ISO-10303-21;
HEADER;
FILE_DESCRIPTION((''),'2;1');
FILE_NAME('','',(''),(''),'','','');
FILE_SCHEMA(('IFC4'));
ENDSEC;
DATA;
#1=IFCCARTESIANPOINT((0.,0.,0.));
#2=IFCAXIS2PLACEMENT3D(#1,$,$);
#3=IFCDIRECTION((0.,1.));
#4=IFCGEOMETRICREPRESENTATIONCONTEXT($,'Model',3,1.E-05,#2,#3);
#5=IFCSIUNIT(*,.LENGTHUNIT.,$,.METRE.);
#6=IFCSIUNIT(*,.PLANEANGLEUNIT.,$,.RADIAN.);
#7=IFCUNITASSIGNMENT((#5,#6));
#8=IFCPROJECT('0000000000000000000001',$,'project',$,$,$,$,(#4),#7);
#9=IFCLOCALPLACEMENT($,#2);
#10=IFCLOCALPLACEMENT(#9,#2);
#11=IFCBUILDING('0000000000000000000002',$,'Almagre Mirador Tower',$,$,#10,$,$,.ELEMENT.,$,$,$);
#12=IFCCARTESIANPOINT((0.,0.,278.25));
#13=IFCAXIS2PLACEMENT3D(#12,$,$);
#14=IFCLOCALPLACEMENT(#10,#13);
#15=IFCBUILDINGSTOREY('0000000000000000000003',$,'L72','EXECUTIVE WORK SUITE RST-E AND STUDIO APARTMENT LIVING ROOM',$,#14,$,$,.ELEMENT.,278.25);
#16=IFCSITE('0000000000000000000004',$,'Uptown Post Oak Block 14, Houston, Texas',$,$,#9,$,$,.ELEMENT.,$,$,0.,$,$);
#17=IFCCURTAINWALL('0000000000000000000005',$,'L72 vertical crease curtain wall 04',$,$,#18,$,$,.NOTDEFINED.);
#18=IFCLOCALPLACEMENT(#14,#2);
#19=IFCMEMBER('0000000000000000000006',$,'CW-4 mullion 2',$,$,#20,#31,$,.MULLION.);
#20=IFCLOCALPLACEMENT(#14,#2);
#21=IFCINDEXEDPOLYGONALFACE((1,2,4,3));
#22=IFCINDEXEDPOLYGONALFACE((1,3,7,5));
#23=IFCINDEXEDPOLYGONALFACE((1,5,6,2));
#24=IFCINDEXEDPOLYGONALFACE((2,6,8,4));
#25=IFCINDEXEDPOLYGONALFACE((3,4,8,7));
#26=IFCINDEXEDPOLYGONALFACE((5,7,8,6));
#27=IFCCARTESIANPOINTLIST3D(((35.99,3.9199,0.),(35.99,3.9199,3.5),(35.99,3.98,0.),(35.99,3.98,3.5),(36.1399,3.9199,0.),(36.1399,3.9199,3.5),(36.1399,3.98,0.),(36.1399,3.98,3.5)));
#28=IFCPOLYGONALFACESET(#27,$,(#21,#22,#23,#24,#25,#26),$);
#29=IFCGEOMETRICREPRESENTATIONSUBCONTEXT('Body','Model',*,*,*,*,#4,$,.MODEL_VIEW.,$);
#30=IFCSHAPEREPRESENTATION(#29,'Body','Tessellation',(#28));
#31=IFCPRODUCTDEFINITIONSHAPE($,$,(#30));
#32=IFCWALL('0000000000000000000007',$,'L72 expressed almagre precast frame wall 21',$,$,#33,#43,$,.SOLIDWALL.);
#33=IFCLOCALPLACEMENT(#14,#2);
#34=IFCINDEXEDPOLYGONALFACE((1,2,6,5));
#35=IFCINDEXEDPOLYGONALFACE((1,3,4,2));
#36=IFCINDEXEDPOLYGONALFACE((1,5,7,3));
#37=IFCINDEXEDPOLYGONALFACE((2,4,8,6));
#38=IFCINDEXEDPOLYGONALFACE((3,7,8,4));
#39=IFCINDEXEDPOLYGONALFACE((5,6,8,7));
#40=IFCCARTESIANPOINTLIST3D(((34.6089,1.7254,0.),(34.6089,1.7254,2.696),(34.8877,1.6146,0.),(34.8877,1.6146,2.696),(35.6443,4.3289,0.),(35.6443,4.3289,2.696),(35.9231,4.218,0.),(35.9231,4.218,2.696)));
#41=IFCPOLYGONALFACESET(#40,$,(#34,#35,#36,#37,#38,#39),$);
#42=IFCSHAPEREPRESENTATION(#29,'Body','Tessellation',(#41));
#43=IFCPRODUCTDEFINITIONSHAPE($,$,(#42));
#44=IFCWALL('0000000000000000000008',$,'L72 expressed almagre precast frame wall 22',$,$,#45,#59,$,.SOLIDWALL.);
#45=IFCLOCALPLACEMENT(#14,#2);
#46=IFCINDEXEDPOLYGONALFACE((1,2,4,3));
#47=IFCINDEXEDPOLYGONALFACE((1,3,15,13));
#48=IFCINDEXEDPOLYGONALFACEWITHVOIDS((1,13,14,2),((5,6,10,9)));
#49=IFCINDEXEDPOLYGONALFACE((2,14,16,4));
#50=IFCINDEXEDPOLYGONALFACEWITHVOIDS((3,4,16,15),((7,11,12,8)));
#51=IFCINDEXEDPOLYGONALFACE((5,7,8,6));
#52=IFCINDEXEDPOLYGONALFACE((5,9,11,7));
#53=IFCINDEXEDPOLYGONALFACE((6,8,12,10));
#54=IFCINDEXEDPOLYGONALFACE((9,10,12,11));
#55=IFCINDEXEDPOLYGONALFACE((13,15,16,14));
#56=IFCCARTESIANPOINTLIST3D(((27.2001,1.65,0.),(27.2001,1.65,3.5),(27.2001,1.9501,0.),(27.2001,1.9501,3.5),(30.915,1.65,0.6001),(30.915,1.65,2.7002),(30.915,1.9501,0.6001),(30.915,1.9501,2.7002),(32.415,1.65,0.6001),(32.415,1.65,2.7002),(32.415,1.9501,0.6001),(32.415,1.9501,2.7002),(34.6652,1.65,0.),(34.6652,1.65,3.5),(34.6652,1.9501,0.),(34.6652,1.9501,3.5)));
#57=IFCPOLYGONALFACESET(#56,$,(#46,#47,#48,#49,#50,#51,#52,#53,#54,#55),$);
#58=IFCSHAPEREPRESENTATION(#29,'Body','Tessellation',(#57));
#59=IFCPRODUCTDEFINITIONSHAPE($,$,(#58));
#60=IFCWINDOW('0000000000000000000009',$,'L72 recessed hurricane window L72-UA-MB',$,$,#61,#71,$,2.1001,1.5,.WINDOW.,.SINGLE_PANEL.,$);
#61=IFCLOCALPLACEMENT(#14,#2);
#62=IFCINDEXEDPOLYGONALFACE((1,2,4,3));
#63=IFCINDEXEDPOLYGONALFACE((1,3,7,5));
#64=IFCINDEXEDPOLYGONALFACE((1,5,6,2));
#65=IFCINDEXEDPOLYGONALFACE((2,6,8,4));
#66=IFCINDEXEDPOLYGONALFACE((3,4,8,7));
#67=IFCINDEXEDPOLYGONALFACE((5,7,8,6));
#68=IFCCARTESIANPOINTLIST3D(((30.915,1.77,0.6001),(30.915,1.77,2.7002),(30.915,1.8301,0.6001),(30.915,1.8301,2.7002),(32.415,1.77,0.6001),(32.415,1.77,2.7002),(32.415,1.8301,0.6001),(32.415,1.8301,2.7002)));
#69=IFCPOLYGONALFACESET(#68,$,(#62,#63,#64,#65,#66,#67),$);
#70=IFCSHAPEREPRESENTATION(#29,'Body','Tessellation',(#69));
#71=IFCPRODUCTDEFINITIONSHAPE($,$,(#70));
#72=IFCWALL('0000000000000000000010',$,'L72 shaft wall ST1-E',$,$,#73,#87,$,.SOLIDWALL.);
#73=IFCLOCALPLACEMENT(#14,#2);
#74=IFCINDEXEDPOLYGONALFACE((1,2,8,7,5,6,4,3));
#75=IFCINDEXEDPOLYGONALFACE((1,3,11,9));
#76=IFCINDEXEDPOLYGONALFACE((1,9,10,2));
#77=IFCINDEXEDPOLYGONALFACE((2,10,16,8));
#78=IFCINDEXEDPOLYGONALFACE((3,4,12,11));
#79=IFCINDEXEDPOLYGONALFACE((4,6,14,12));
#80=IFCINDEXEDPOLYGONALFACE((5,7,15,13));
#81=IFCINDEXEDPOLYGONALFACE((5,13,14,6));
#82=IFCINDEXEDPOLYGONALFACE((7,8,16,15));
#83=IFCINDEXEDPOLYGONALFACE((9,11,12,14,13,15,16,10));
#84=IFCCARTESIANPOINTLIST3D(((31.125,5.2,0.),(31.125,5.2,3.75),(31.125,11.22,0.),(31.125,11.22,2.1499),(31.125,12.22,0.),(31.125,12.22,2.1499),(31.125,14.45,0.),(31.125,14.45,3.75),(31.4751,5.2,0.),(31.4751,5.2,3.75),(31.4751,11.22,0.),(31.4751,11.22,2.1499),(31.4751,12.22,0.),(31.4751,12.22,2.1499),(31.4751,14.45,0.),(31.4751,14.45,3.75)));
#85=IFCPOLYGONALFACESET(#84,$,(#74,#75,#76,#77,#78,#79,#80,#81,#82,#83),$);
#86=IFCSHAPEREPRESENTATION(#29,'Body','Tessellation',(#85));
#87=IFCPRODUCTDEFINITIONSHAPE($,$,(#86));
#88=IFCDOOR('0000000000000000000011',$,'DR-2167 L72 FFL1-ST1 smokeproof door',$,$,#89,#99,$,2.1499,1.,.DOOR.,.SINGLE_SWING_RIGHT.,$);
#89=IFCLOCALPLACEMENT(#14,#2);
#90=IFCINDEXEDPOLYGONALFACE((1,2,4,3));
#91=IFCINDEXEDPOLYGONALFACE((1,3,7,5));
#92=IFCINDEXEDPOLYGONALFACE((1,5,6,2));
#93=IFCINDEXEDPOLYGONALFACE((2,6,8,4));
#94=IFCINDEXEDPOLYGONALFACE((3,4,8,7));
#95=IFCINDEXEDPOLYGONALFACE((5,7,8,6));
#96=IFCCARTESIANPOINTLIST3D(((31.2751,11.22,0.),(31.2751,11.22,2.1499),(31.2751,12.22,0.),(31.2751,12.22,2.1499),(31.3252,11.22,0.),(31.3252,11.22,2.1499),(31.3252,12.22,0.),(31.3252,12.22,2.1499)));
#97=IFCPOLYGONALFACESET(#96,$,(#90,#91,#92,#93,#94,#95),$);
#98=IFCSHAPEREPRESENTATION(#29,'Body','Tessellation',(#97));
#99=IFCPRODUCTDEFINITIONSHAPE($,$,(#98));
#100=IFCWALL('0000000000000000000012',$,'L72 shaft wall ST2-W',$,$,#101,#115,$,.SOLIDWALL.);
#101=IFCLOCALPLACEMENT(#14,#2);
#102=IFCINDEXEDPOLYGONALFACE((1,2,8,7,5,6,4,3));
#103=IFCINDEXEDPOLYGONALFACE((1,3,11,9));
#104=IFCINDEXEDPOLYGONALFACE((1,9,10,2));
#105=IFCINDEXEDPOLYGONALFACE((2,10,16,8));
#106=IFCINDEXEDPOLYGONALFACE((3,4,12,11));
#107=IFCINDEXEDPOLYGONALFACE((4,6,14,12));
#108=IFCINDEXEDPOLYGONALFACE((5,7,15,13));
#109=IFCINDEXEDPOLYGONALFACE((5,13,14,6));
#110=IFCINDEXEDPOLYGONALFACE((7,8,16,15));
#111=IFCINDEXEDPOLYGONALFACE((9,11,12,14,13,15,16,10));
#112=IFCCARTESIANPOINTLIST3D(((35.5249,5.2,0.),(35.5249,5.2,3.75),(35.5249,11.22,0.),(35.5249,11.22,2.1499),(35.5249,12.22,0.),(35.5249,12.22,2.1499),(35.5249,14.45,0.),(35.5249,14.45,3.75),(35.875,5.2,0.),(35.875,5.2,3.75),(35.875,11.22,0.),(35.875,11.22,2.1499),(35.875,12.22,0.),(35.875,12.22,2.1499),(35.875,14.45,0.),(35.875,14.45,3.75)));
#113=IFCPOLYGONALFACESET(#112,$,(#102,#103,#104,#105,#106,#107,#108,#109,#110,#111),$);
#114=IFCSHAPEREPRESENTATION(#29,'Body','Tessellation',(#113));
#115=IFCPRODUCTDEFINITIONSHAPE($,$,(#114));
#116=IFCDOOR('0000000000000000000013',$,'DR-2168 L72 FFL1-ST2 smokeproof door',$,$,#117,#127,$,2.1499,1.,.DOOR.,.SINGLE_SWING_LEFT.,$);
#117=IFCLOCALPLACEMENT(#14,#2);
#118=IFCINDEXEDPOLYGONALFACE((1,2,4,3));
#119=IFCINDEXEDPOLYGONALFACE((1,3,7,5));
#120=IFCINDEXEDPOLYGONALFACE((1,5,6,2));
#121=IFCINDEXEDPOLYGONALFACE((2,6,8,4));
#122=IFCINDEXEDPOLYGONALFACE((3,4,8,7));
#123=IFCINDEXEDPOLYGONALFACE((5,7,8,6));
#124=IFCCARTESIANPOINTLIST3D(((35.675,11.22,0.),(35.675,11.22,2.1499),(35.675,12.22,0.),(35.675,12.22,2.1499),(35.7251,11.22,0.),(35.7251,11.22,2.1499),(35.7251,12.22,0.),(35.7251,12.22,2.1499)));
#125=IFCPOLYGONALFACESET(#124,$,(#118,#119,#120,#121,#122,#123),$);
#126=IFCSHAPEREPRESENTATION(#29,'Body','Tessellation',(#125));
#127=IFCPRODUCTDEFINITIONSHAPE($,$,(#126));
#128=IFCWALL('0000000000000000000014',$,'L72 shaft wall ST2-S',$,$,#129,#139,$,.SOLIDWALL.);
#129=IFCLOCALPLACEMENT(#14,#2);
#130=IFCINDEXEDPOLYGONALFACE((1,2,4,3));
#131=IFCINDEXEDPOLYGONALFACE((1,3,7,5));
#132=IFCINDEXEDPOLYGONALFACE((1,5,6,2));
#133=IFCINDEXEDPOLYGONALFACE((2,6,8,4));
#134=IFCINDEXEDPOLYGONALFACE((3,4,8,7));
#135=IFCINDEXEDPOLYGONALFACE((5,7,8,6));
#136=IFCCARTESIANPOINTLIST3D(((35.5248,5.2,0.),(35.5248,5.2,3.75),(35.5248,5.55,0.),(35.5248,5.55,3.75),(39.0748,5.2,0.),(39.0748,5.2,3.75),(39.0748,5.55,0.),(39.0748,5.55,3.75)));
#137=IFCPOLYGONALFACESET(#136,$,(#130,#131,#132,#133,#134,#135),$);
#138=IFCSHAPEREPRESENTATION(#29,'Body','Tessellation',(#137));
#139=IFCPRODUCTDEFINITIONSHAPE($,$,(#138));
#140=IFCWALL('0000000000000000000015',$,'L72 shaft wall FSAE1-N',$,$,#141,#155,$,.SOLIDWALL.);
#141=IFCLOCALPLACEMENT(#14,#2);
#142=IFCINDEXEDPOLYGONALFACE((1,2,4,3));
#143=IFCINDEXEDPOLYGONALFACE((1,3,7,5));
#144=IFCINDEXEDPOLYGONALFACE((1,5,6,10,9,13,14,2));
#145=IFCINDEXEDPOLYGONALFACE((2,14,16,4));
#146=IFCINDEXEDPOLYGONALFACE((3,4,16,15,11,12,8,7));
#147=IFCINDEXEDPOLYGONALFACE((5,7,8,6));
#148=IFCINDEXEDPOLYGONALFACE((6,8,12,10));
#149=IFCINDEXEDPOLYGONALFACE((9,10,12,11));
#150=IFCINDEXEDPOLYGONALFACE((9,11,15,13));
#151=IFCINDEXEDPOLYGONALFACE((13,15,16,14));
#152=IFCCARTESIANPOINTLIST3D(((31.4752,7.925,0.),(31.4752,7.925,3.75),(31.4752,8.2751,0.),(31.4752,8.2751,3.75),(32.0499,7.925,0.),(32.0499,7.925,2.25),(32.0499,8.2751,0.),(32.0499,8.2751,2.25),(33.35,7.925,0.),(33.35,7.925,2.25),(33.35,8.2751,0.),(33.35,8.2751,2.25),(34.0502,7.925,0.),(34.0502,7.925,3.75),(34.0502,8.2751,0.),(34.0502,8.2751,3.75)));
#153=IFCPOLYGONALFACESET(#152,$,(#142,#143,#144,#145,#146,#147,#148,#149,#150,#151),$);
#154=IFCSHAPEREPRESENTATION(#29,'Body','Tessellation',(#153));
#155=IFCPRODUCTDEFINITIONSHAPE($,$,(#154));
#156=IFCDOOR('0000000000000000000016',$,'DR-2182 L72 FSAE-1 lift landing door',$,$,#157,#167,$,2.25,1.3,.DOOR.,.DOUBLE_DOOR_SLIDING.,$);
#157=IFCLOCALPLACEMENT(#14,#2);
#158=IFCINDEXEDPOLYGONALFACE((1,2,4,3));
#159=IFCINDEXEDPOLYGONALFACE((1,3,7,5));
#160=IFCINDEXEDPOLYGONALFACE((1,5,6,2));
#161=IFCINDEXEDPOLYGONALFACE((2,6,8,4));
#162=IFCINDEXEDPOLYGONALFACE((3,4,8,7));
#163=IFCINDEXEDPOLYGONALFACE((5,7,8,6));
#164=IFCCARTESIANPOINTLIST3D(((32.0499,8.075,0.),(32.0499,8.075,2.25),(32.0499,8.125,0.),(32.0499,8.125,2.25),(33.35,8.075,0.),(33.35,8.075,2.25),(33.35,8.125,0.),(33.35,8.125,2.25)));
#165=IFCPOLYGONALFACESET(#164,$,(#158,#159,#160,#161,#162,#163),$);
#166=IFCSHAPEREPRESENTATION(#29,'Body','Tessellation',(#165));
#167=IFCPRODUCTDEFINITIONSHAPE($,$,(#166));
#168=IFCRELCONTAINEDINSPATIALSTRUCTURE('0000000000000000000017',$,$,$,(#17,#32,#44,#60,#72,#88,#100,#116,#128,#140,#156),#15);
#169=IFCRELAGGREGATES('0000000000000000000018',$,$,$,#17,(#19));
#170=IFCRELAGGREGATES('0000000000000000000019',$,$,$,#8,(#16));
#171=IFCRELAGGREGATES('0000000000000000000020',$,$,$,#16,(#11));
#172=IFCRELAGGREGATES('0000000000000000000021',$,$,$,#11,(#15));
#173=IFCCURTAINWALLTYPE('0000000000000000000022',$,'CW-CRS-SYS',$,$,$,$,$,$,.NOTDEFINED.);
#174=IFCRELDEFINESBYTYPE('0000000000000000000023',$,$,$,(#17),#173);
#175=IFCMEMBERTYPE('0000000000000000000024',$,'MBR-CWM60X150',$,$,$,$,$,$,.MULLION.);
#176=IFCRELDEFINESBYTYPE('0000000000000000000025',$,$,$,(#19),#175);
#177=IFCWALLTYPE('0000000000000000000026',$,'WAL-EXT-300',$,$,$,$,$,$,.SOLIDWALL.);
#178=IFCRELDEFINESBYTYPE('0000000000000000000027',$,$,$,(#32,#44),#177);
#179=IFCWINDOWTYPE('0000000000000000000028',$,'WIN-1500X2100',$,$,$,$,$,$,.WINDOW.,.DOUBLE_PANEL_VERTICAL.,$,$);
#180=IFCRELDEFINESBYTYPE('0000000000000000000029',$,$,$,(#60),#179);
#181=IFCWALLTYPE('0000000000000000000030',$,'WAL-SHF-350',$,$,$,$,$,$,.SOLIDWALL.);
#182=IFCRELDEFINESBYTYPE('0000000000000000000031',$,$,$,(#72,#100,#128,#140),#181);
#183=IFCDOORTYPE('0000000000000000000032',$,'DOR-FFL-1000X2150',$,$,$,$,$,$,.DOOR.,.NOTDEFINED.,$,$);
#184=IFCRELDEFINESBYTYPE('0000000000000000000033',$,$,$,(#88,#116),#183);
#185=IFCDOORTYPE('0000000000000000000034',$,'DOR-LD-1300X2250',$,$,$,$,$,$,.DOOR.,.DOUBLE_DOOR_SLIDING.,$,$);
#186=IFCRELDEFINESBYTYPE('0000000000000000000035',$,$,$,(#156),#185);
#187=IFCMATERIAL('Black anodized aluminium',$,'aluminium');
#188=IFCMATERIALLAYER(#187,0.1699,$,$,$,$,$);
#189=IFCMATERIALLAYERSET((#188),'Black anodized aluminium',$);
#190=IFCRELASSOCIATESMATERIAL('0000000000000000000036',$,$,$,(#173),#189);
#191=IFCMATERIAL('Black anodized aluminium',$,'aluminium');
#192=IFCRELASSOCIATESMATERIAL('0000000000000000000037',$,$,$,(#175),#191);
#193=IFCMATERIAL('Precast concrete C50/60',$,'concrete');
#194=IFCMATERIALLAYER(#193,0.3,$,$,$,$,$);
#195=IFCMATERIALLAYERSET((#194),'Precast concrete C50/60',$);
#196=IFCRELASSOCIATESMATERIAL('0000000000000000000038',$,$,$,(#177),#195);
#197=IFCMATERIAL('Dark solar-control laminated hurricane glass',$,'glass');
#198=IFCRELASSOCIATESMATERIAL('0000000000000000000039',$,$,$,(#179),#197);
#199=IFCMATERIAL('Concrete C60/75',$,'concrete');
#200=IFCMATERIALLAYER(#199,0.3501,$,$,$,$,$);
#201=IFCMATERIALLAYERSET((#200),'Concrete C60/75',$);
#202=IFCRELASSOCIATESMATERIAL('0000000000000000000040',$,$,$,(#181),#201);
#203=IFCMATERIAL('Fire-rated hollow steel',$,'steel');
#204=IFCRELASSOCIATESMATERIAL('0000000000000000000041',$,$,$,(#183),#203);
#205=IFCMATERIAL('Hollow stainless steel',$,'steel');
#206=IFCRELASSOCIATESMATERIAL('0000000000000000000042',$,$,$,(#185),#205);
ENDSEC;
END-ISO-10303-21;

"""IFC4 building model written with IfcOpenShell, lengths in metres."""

from ifc_helpers import new_model, si_unit, direction, frame, frame_2d, origin, origin_2d, place, context, subcontext, project, spatial, rectangle, extrude, material, layer, layer_set, material_profile, profile_set, type_object, element, fill, aggregate, save


model = new_model("IFC4")

# Units and contexts
model_context = context("Model", 3, precision=1e-05, world=origin(), true_north=direction((0.0, 1.0)))
body_context = subcontext(model_context, "Body", "Model", "MODEL_VIEW")
ifc_project = project(units=[si_unit("LENGTHUNIT", "METRE"), si_unit("PLANEANGLEUNIT", "RADIAN")], contexts=[model_context])

# Site, building, storey
site_placement = place(None, origin())
site = spatial("IfcSite", under=ifc_project, at=site_placement, Name="Uptown Post Oak Block 14, Houston, Texas", CompositionType="ELEMENT", RefElevation=0.0)
building_placement = place(site_placement, origin())
building = spatial("IfcBuilding", under=site, at=building_placement, Name="Almagre Mirador Tower", CompositionType="ELEMENT")
storey_placement = place(building_placement, frame((0.0, 0.0, 278.25)))
storey = spatial("IfcBuildingStorey", under=building, at=storey_placement, Name="L72", Description="EXECUTIVE WORK SUITE RST-E AND STUDIO APARTMENT LIVING ROOM", CompositionType="ELEMENT", Elevation=278.25)

# Curtain wall, member
ifc_material_1 = material(Name="Black anodized aluminium", Category="aluminium")
ifc_layer_1 = layer(ifc_material_1, 0.1699)
ifc_layer_set_1 = layer_set([ifc_layer_1], Name="Black anodized aluminium")
curtain_wall_type = type_object("IfcCurtainWallType", Name="CW-CRS-SYS", PredefinedType="NOTDEFINED", material=ifc_layer_set_1)
curtain_wall_placement = place(storey_placement, origin())
curtain_wall = element("IfcCurtainWall", 1, at=curtain_wall_placement, inside=storey, type_object=curtain_wall_type, Name="L72 vertical crease curtain wall 04", PredefinedType="NOTDEFINED")
ifc_material_2 = material(Name="Black anodized aluminium", Category="aluminium")
ifc_material_profile_1 = material_profile(ifc_material_2, rectangle(XDim=0.0601, YDim=0.1499, at=origin_2d()), Name="CWM60X150")
ifc_profile_set_1 = profile_set([ifc_material_profile_1], Name="Black anodized aluminium")
member_type = type_object("IfcMemberType", Name="MBR-CWM60X150", PredefinedType="MULLION", material=ifc_profile_set_1)
member_placement = place(storey_placement, frame((36.0649, 3.95, 0.0), z_axis=(0.0, 0.0, 1.0), x_axis=(0.0, -1.0, 0.0)))
member = element("IfcMember", 2, at=member_placement, type_object=member_type, Name="CW-4 mullion 2", PredefinedType="MULLION", context=body_context, shape_type="SweptSolid", body=[
    extrude(rectangle(XDim=0.0601, YDim=0.1499, at=origin_2d()), origin(), (0.0, 0.0, 1.0), 3.5),
])
aggregate(curtain_wall, [member])

# Wall
ifc_material_3 = material(Name="Precast concrete C50/60", Category="concrete")
ifc_layer_2 = layer(ifc_material_3, 0.3)
ifc_layer_set_2 = layer_set([ifc_layer_2], Name="Precast concrete C50/60")
wall_type_1 = type_object("IfcWallType", Name="WAL-EXT-300", PredefinedType="SOLIDWALL", material=ifc_layer_set_2)
wall_1_placement = place(storey_placement, frame((35.7837, 4.2734, 0.0), z_axis=(0.0, 0.0, 1.0), x_axis=(-0.369542, -0.929214, 0.0)))
element("IfcWall", 3, at=wall_1_placement, inside=storey, type_object=wall_type_1, Name="L72 expressed almagre precast frame wall 21", PredefinedType="SOLIDWALL", context=body_context, shape_type="SweptSolid", body=[
    extrude(rectangle(XDim=2.8018, YDim=0.3, at=frame_2d((1.4009, 0.0))), origin(), (0.0, 0.0, 1.0), 2.696),
])

# Wall, opening, window
wall_2_placement = place(storey_placement, frame((34.665, 1.8, 0.0), z_axis=(0.0, 0.0, 1.0), x_axis=(-1.0, 0.0, 0.0)))
wall_2 = element("IfcWall", 4, at=wall_2_placement, inside=storey, type_object=wall_type_1, Name="L72 expressed almagre precast frame wall 22", PredefinedType="SOLIDWALL", context=body_context, shape_type="SweptSolid", body=[
    extrude(rectangle(XDim=7.4651, YDim=0.3, at=frame_2d((3.7324, 0.0))), origin(), (0.0, 0.0, 1.0), 3.5),
])
opening_1_placement = place(wall_2_placement, frame((2.25, 0.0, 0.6001)))
opening_1 = element("IfcOpeningElement", 5, at=opening_1_placement, cuts=wall_2, PredefinedType="OPENING", context=body_context, shape_type="SweptSolid", body=[
    extrude(rectangle(XDim=1.5, YDim=2.1001, at=frame_2d((0.75, 1.05))), frame((0.0, 0.1599, 0.0), z_axis=(0.0, -1.0, 0.0), x_axis=(1.0, 0.0, 0.0)), (0.0, 0.0, 1.0), 0.32),
])
ifc_material_4 = material(Name="Dark solar-control laminated hurricane glass", Category="glass")
window_type = type_object("IfcWindowType", Name="WIN-1500X2100", PartitioningType="DOUBLE_PANEL_VERTICAL", PredefinedType="WINDOW", material=ifc_material_4)
window_placement = place(opening_1_placement, origin())
window = element("IfcWindow", 6, at=window_placement, inside=storey, type_object=window_type, Name="L72 recessed hurricane window L72-UA-MB", OverallHeight=2.1001, OverallWidth=1.5, PartitioningType="SINGLE_PANEL", PredefinedType="WINDOW", context=body_context, shape_type="SweptSolid", body=[
    extrude(rectangle(XDim=1.5, YDim=2.1001, at=frame_2d((0.75, 1.05))), frame((0.0, 0.03, 0.0), z_axis=(0.0, -1.0, 0.0), x_axis=(1.0, 0.0, 0.0)), (0.0, 0.0, 1.0), 0.0601),
])
fill(opening_1, window)

# Walls, openings, doors
ifc_material_5 = material(Name="Concrete C60/75", Category="concrete")
ifc_layer_3 = layer(ifc_material_5, 0.3501)
ifc_layer_set_3 = layer_set([ifc_layer_3], Name="Concrete C60/75")
wall_type_2 = type_object("IfcWallType", Name="WAL-SHF-350", PredefinedType="SOLIDWALL", material=ifc_layer_set_3)
wall_3_placement = place(storey_placement, frame((31.3, 5.2, 0.0), z_axis=(0.0, 0.0, 1.0), x_axis=(0.0, 1.0, 0.0)))
wall_3 = element("IfcWall", 7, at=wall_3_placement, inside=storey, type_object=wall_type_2, Name="L72 shaft wall ST1-E", PredefinedType="SOLIDWALL", context=body_context, shape_type="SweptSolid", body=[
    extrude(rectangle(XDim=9.25, YDim=0.3501, at=frame_2d((4.625, 0.0))), origin(), (0.0, 0.0, 1.0), 3.75),
])
opening_2_placement = place(wall_3_placement, frame((6.02, 0.0, 0.0)))
opening_2 = element("IfcOpeningElement", 8, at=opening_2_placement, cuts=wall_3, PredefinedType="OPENING", context=body_context, shape_type="SweptSolid", body=[
    extrude(rectangle(XDim=1.0, YDim=2.1499, at=frame_2d((0.5, 1.075))), frame((0.0, 0.185, 0.0), z_axis=(0.0, -1.0, 0.0), x_axis=(1.0, 0.0, 0.0)), (0.0, 0.0, 1.0), 0.3701),
])
ifc_material_6 = material(Name="Fire-rated hollow steel", Category="steel")
door_type_1 = type_object("IfcDoorType", Name="DOR-FFL-1000X2150", OperationType="NOTDEFINED", PredefinedType="DOOR", material=ifc_material_6)
door_1_placement = place(opening_2_placement, origin())
door_1 = element("IfcDoor", 9, at=door_1_placement, inside=storey, type_object=door_type_1, Name="DR-2167 L72 FFL1-ST1 smokeproof door", OperationType="SINGLE_SWING_RIGHT", OverallHeight=2.1499, OverallWidth=1.0, PredefinedType="DOOR", context=body_context, shape_type="SweptSolid", body=[
    extrude(rectangle(XDim=1.0, YDim=2.1499, at=frame_2d((0.5, 1.075))), frame((0.0, 0.0249, 0.0), z_axis=(0.0, -1.0, 0.0), x_axis=(1.0, 0.0, 0.0)), (0.0, 0.0, 1.0), 0.05),
])
fill(opening_2, door_1)
wall_4_placement = place(storey_placement, frame((35.7, 5.2, 0.0), z_axis=(0.0, 0.0, 1.0), x_axis=(0.0, 1.0, 0.0)))
wall_4 = element("IfcWall", 10, at=wall_4_placement, inside=storey, type_object=wall_type_2, Name="L72 shaft wall ST2-W", PredefinedType="SOLIDWALL", context=body_context, shape_type="SweptSolid", body=[
    extrude(rectangle(XDim=9.25, YDim=0.3501, at=frame_2d((4.625, 0.0))), origin(), (0.0, 0.0, 1.0), 3.75),
])
opening_3_placement = place(wall_4_placement, frame((6.02, 0.0, 0.0)))
opening_3 = element("IfcOpeningElement", 11, at=opening_3_placement, cuts=wall_4, PredefinedType="OPENING", context=body_context, shape_type="SweptSolid", body=[
    extrude(rectangle(XDim=1.0, YDim=2.1499, at=frame_2d((0.5, 1.075))), frame((0.0, 0.185, 0.0), z_axis=(0.0, -1.0, 0.0), x_axis=(1.0, 0.0, 0.0)), (0.0, 0.0, 1.0), 0.3701),
])
door_2_placement = place(opening_3_placement, origin())
door_2 = element("IfcDoor", 12, at=door_2_placement, inside=storey, type_object=door_type_1, Name="DR-2168 L72 FFL1-ST2 smokeproof door", OperationType="SINGLE_SWING_LEFT", OverallHeight=2.1499, OverallWidth=1.0, PredefinedType="DOOR", context=body_context, shape_type="SweptSolid", body=[
    extrude(rectangle(XDim=1.0, YDim=2.1499, at=frame_2d((0.5, 1.075))), frame((0.0, 0.0249, 0.0), z_axis=(0.0, -1.0, 0.0), x_axis=(1.0, 0.0, 0.0)), (0.0, 0.0, 1.0), 0.05),
])
fill(opening_3, door_2)

# Wall
wall_5_placement = place(storey_placement, frame((35.5249, 5.375, 0.0), z_axis=(0.0, 0.0, 1.0), x_axis=(1.0, 0.0, 0.0)))
element("IfcWall", 13, at=wall_5_placement, inside=storey, type_object=wall_type_2, Name="L72 shaft wall ST2-S", PredefinedType="SOLIDWALL", context=body_context, shape_type="SweptSolid", body=[
    extrude(rectangle(XDim=3.55, YDim=0.3501, at=frame_2d((1.7749, 0.0))), origin(), (0.0, 0.0, 1.0), 3.75),
])

# Wall, opening, door
wall_6_placement = place(storey_placement, frame((31.4751, 8.1001, 0.0), z_axis=(0.0, 0.0, 1.0), x_axis=(1.0, 0.0, 0.0)))
wall_6 = element("IfcWall", 14, at=wall_6_placement, inside=storey, type_object=wall_type_2, Name="L72 shaft wall FSAE1-N", PredefinedType="SOLIDWALL", context=body_context, shape_type="SweptSolid", body=[
    extrude(rectangle(XDim=2.575, YDim=0.3501, at=frame_2d((1.2876, 0.0))), origin(), (0.0, 0.0, 1.0), 3.75),
])
opening_4_placement = place(wall_6_placement, frame((0.575, 0.0, 0.0)))
opening_4 = element("IfcOpeningElement", 15, at=opening_4_placement, cuts=wall_6, PredefinedType="OPENING", context=body_context, shape_type="SweptSolid", body=[
    extrude(rectangle(XDim=1.3, YDim=2.25, at=frame_2d((0.6499, 1.125))), frame((0.0, 0.185, 0.0), z_axis=(0.0, -1.0, 0.0), x_axis=(1.0, 0.0, 0.0)), (0.0, 0.0, 1.0), 0.3701),
])
ifc_material_7 = material(Name="Hollow stainless steel", Category="steel")
door_type_2 = type_object("IfcDoorType", Name="DOR-LD-1300X2250", OperationType="DOUBLE_DOOR_SLIDING", PredefinedType="DOOR", material=ifc_material_7)
door_3_placement = place(opening_4_placement, origin())
door_3 = element("IfcDoor", 16, at=door_3_placement, inside=storey, type_object=door_type_2, Name="DR-2182 L72 FSAE-1 lift landing door", OperationType="DOUBLE_DOOR_SLIDING", OverallHeight=2.25, OverallWidth=1.3, PredefinedType="DOOR", context=body_context, shape_type="SweptSolid", body=[
    extrude(rectangle(XDim=1.3, YDim=2.25, at=frame_2d((0.6499, 1.125))), frame((0.0, 0.0249, 0.0), z_axis=(0.0, -1.0, 0.0), x_axis=(1.0, 0.0, 0.0)), (0.0, 0.0, 1.0), 0.05),
])
fill(opening_4, door_3)

save(model, "model.ifc")
